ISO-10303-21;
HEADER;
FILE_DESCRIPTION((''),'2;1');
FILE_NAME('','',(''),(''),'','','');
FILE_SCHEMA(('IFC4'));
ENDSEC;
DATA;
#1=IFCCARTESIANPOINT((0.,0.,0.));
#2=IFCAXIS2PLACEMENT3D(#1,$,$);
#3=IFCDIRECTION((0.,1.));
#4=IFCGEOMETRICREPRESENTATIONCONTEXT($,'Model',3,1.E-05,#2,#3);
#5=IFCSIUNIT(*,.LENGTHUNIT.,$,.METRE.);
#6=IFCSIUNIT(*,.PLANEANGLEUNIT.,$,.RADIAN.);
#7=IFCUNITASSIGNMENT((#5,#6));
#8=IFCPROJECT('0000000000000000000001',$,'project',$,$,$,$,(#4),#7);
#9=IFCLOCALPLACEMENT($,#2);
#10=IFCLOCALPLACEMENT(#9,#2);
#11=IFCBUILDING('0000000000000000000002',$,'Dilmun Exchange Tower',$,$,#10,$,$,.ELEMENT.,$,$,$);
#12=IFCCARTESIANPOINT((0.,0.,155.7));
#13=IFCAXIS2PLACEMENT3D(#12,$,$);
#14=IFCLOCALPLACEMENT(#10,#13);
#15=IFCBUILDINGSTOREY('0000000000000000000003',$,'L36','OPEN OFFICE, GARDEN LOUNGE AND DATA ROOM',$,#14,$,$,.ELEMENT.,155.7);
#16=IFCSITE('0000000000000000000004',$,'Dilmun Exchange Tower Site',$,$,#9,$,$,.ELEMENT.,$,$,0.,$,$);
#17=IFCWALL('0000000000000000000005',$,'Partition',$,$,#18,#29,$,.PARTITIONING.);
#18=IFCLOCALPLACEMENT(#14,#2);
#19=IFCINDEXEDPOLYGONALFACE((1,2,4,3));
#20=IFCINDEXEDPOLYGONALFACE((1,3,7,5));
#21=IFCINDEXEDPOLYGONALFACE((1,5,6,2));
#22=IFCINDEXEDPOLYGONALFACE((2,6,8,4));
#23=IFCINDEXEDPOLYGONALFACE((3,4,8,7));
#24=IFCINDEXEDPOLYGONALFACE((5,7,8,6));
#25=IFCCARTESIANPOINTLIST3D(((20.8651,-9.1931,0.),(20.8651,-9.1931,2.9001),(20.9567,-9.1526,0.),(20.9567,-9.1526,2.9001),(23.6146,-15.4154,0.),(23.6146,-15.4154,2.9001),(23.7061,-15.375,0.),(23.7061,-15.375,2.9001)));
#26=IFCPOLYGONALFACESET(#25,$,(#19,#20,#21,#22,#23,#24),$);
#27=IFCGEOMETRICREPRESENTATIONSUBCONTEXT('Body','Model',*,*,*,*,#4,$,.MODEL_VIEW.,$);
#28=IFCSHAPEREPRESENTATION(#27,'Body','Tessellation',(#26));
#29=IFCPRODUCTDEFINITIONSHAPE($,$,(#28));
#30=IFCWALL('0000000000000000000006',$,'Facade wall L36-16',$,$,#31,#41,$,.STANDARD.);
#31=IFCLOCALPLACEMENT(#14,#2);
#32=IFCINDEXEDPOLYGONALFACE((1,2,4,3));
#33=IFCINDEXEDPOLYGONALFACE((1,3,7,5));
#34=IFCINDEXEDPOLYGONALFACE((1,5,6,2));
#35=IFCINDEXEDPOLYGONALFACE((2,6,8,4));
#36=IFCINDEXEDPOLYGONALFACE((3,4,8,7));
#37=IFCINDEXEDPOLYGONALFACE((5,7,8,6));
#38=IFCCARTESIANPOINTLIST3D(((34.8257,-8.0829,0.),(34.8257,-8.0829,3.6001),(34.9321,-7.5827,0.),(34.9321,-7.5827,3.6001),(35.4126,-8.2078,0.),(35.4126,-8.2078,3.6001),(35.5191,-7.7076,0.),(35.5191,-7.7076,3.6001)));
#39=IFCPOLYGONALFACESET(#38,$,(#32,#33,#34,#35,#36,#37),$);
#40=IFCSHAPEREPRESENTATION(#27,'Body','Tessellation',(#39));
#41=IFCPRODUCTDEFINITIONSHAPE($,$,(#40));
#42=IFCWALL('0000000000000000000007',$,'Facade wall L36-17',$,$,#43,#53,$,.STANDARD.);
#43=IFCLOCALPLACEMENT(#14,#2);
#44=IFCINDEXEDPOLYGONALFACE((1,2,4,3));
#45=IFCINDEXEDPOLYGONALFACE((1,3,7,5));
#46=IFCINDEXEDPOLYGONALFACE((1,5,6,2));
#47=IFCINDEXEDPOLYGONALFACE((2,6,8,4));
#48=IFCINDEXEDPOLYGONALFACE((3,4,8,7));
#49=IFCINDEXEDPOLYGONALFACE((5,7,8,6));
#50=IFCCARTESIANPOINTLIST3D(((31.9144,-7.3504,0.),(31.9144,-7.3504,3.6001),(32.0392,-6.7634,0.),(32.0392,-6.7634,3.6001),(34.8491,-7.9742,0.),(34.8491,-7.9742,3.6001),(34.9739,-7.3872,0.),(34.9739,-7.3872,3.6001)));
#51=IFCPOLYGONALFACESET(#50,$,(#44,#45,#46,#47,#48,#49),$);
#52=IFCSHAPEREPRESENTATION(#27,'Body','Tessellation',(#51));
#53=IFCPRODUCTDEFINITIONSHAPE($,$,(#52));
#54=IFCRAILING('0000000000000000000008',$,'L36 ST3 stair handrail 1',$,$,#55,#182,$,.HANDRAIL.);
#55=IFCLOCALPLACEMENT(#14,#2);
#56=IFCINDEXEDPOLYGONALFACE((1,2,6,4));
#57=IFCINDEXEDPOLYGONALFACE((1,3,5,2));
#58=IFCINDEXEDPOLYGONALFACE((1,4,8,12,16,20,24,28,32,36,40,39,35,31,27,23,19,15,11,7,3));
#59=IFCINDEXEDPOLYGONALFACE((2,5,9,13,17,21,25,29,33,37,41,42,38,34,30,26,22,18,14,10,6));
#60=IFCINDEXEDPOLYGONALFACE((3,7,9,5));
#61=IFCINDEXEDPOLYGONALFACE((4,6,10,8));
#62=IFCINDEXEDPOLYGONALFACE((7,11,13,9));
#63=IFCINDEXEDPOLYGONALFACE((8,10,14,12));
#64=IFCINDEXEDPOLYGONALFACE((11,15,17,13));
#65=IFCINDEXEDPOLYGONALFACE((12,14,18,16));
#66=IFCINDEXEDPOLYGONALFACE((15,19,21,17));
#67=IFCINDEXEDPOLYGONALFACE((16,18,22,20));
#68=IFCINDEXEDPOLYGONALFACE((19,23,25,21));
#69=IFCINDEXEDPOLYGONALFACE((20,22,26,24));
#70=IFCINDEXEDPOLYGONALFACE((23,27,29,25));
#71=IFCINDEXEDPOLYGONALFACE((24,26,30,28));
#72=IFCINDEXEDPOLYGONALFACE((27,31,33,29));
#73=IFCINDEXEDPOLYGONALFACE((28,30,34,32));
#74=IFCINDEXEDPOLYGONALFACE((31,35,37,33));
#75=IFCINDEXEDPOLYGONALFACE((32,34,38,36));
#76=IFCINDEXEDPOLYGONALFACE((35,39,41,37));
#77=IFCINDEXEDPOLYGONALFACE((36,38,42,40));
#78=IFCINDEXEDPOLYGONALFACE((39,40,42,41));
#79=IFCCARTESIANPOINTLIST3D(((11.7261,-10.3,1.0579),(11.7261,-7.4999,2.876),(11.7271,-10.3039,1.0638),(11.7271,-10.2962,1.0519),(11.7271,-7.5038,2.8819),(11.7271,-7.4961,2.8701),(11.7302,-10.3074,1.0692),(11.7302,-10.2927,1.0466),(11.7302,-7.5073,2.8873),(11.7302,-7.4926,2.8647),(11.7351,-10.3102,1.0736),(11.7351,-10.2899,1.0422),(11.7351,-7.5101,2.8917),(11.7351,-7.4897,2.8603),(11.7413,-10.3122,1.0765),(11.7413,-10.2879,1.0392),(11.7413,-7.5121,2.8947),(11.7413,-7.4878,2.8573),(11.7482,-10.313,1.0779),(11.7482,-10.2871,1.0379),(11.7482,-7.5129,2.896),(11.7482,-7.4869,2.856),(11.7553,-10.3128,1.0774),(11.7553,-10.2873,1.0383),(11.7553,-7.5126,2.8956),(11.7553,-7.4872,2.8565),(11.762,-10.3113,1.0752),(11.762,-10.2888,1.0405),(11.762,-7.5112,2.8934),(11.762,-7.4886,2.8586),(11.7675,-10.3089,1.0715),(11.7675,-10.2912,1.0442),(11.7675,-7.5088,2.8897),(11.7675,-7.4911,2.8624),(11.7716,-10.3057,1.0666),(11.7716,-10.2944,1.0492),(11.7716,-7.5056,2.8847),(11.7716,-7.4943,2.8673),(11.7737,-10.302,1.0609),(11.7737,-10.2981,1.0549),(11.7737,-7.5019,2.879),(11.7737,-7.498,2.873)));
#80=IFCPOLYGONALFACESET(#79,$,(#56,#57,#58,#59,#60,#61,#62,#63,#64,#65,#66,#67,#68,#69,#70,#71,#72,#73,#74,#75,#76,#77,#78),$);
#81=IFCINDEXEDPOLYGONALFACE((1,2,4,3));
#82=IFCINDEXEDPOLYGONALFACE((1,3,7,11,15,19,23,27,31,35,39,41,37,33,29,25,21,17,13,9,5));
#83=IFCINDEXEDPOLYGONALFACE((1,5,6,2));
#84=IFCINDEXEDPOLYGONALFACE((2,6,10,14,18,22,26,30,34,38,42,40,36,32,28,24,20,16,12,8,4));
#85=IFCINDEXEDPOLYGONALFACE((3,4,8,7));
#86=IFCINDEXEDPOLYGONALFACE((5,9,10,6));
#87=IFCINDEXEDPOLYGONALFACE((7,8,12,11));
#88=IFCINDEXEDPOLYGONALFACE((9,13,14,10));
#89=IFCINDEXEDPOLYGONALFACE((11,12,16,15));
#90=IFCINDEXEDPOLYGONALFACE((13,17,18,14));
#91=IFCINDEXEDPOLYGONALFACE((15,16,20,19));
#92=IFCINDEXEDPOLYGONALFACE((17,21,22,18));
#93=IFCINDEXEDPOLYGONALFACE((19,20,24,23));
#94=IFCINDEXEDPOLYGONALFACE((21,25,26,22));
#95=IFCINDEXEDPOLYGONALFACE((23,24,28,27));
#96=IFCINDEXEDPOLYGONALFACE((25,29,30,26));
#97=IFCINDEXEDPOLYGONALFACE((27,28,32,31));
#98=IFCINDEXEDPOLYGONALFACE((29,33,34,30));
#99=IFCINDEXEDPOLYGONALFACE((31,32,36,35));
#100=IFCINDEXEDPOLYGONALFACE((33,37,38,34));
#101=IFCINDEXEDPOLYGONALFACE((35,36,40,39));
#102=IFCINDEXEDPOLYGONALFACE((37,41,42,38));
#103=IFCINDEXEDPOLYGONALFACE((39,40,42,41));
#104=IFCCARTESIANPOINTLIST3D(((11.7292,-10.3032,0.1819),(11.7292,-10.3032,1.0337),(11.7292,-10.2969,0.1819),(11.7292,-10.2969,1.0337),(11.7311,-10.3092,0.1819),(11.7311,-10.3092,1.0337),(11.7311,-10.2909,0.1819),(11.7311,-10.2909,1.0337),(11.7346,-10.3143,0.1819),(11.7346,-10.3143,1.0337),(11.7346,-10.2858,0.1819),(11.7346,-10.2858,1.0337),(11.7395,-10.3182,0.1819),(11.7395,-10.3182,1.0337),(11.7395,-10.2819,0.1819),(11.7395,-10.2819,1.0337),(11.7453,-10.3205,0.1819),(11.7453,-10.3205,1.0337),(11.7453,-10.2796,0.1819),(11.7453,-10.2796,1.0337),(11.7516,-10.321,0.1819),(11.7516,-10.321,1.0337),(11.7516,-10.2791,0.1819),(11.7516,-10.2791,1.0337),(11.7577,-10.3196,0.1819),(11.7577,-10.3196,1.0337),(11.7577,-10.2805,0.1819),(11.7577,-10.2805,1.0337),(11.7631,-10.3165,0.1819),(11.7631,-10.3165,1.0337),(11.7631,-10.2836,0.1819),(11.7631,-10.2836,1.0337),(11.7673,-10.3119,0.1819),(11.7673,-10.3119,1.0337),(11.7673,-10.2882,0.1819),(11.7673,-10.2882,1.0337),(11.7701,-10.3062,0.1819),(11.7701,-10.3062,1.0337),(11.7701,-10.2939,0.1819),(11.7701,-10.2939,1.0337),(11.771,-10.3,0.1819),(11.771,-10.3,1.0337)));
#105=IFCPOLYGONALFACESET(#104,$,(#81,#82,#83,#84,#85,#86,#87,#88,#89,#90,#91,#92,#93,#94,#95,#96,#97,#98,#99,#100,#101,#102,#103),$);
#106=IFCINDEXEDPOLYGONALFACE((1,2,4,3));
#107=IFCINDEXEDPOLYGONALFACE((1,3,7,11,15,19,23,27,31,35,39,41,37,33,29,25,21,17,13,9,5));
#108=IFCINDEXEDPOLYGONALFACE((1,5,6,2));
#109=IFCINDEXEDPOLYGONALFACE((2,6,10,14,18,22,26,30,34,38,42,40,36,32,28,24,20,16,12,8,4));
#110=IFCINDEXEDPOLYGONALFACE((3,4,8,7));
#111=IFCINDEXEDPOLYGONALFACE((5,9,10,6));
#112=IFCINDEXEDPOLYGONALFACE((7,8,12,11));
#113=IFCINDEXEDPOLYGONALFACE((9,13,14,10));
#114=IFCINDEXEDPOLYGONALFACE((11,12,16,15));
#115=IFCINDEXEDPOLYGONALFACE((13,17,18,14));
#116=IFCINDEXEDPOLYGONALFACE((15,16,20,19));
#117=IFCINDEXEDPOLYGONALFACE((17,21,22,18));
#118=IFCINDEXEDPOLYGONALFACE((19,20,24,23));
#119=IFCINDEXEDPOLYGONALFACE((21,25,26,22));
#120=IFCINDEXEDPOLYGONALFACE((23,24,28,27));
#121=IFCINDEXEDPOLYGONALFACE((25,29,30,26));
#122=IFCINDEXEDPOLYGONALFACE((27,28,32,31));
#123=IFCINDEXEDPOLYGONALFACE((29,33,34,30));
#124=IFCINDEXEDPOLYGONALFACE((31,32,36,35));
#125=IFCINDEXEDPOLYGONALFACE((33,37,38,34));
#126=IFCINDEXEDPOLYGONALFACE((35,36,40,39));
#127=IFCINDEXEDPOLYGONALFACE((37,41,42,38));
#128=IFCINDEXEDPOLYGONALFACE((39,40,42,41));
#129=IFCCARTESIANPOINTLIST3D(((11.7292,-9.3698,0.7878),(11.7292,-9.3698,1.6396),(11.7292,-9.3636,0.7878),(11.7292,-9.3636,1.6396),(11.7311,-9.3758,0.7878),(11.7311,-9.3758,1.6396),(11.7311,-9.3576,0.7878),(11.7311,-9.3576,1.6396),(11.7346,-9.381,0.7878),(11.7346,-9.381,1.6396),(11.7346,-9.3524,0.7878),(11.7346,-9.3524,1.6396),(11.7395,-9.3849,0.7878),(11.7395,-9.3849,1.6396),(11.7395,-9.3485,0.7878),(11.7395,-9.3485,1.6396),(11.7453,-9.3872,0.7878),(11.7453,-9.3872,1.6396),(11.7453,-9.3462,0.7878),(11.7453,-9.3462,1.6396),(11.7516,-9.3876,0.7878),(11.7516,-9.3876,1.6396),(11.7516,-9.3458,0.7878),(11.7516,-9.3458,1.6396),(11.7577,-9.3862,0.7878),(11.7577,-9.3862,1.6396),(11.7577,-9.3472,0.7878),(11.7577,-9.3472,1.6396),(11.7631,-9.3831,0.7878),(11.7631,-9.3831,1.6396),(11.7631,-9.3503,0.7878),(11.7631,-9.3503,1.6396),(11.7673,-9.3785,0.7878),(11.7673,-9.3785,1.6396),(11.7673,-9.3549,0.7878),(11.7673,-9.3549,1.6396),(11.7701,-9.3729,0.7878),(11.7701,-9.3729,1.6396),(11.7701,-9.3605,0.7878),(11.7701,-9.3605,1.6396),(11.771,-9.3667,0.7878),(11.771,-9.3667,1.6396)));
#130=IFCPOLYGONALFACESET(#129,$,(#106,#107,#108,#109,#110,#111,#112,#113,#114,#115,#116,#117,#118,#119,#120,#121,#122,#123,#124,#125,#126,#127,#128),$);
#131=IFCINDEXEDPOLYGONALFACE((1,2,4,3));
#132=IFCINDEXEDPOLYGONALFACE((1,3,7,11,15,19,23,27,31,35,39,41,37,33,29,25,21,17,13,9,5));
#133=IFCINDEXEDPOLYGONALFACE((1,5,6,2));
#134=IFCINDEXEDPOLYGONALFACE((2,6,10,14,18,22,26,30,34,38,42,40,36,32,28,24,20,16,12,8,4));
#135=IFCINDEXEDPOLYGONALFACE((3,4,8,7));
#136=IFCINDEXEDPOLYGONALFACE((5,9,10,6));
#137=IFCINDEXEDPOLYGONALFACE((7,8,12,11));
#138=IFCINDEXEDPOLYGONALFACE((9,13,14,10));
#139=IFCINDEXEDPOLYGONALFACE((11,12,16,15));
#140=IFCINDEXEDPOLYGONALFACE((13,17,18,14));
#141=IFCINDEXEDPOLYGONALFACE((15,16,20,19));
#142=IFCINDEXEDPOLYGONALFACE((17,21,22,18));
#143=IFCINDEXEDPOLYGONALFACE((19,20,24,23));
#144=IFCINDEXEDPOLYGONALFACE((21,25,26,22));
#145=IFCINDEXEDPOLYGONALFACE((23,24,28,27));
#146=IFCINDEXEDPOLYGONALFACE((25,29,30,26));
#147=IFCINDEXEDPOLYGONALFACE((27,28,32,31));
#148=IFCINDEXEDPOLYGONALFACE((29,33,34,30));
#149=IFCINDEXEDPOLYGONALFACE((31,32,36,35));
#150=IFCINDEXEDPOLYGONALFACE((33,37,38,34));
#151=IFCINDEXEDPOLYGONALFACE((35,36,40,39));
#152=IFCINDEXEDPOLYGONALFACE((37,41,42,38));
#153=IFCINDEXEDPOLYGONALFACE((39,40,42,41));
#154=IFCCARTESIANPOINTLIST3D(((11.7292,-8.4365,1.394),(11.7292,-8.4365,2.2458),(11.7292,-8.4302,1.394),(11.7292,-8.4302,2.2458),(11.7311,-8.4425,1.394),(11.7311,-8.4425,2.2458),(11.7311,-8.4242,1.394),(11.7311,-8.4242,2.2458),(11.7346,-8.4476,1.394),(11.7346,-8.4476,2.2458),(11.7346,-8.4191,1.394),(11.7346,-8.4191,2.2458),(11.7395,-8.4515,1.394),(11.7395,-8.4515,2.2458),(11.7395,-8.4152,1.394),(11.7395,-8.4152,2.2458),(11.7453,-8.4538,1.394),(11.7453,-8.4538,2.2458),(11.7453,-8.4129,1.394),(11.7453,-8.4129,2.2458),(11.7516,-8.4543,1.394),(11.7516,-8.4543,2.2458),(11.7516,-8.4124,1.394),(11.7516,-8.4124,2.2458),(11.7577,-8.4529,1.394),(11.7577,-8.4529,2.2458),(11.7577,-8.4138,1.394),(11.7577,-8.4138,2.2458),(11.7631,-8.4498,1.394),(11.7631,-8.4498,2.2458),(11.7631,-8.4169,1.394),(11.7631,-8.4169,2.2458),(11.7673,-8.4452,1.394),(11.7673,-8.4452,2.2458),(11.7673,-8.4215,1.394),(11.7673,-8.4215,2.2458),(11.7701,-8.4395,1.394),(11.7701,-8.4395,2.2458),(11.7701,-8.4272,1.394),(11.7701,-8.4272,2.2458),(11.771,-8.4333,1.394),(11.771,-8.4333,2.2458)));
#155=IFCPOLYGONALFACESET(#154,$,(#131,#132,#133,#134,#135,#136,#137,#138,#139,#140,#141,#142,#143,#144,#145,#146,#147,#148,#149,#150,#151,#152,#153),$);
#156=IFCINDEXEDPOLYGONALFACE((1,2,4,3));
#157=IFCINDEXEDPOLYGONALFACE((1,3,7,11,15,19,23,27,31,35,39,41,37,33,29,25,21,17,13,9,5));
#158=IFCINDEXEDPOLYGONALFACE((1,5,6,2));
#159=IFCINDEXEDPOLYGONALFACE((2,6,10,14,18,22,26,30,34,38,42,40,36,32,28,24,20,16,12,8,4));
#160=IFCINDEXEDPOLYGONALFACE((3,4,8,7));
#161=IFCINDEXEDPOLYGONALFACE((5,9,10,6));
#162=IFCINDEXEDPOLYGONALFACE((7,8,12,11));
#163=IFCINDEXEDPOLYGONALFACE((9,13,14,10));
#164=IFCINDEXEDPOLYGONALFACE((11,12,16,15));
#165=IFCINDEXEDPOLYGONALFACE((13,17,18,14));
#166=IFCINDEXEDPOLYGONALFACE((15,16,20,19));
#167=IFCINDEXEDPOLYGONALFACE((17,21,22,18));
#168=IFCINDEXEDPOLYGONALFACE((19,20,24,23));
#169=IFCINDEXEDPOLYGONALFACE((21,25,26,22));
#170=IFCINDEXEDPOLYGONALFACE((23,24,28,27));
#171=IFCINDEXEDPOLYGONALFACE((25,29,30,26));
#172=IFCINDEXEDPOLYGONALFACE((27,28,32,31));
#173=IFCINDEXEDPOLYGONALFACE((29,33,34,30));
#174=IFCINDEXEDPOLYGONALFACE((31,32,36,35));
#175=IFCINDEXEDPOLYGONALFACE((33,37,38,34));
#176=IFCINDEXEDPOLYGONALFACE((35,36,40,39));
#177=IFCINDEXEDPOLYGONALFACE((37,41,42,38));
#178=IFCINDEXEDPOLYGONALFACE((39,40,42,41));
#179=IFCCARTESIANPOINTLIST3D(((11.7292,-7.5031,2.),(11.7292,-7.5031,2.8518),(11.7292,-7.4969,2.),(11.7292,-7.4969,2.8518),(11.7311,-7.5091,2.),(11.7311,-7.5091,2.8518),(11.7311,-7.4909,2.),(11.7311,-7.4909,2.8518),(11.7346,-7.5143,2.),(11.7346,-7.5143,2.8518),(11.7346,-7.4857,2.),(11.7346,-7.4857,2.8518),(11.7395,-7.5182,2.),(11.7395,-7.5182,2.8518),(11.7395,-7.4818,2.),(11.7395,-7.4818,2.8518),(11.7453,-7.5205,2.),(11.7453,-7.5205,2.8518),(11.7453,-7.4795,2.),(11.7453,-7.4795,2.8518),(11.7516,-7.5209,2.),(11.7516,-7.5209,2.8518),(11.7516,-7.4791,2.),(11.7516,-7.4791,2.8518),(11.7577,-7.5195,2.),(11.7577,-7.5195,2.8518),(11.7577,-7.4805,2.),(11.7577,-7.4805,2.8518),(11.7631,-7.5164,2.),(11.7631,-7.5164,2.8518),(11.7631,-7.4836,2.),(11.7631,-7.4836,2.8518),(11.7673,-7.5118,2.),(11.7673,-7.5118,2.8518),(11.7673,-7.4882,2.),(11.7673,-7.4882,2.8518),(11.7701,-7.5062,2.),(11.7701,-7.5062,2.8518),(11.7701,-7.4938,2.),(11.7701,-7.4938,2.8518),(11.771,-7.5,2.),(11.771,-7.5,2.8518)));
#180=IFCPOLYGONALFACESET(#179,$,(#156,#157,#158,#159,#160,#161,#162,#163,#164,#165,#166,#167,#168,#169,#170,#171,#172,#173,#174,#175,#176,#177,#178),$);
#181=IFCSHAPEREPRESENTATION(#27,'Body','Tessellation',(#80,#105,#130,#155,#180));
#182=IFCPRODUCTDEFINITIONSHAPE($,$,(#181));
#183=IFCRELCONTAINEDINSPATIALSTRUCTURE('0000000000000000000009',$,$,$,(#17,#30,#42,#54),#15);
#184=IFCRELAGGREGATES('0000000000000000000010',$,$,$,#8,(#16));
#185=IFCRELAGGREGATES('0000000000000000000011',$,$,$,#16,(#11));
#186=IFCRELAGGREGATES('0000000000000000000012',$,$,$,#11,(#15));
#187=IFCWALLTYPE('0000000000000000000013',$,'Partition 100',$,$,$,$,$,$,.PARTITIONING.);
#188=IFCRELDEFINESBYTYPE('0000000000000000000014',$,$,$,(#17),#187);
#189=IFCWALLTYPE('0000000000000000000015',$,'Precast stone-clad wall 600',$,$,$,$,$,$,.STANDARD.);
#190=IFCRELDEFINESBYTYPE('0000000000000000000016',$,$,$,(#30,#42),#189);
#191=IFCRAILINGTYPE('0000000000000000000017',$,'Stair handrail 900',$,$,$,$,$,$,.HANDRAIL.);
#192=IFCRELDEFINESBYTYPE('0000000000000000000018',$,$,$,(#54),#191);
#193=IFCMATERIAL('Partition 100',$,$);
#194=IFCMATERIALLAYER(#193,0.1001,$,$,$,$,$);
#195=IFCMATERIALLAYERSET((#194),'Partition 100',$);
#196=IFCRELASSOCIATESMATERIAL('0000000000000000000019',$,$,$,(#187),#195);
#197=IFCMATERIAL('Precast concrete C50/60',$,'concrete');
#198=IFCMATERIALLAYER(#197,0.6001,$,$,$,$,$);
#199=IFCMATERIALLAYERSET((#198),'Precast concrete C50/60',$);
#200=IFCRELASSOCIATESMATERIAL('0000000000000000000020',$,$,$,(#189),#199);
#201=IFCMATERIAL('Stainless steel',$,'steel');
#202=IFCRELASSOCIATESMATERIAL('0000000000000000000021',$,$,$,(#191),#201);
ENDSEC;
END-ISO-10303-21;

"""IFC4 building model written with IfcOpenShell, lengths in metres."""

from ifc_helpers import new_model, si_unit, direction, frame, frame_2d, origin, origin_2d, place, context, subcontext, project, spatial, rectangle, circle, extrude, material, layer, layer_set, type_object, element, save


model = new_model("IFC4")

# Units and contexts
model_context = context("Model", 3, precision=1e-05, world=origin(), true_north=direction((0.0, 1.0)))
body_context = subcontext(model_context, "Body", "Model", "MODEL_VIEW")
ifc_project = project(units=[si_unit("LENGTHUNIT", "METRE"), si_unit("PLANEANGLEUNIT", "RADIAN")], contexts=[model_context])

# Site, building, storey
site_placement = place(None, origin())
site = spatial("IfcSite", under=ifc_project, at=site_placement, Name="Dilmun Exchange Tower Site", CompositionType="ELEMENT", RefElevation=0.0)
building_placement = place(site_placement, origin())
building = spatial("IfcBuilding", under=site, at=building_placement, Name="Dilmun Exchange Tower", CompositionType="ELEMENT")
storey_placement = place(building_placement, frame((0.0, 0.0, 155.7)))
storey = spatial("IfcBuildingStorey", under=building, at=storey_placement, Name="L36", Description="OPEN OFFICE, GARDEN LOUNGE AND DATA ROOM", CompositionType="ELEMENT", Elevation=155.7)

# Walls
ifc_material_1 = material(Name="Partition 100")
ifc_layer_1 = layer(ifc_material_1, 0.1001)
ifc_layer_set_1 = layer_set([ifc_layer_1], Name="Partition 100")
wall_type_1 = type_object("IfcWallType", Name="Partition 100", PredefinedType="PARTITIONING", material=ifc_layer_set_1)
wall_1_placement = place(storey_placement, frame((20.9109, -9.1729, 0.0), z_axis=(0.0, 0.0, 1.0), x_axis=(0.404173, -0.914683, 0.0)))
element("IfcWall", 1, at=wall_1_placement, inside=storey, type_object=wall_type_1, Name="Partition", PredefinedType="PARTITIONING", context=body_context, shape_type="SweptSolid", body=[
    extrude(rectangle(XDim=6.8027, YDim=0.1001, at=frame_2d((3.4014, 0.0))), origin(), (0.0, 0.0, 1.0), 2.9001),
])
ifc_material_2 = material(Name="Precast concrete C50/60", Category="concrete")
ifc_layer_2 = layer(ifc_material_2, 0.6001)
ifc_layer_set_2 = layer_set([ifc_layer_2], Name="Precast concrete C50/60")
wall_type_2 = type_object("IfcWallType", Name="Precast stone-clad wall 600", PredefinedType="STANDARD", material=ifc_layer_set_2)
wall_2_placement = place(storey_placement, frame((35.1191, -8.1455, 0.0), z_axis=(0.0, 0.0, 1.0), x_axis=(0.208127, 0.978102, 0.0)))
element("IfcWall", 2, at=wall_2_placement, inside=storey, type_object=wall_type_2, Name="Facade wall L36-16", PredefinedType="STANDARD", context=body_context, shape_type="SweptSolid", body=[
    extrude(rectangle(XDim=0.5115, YDim=0.6001, at=frame_2d((0.2559, 0.0))), origin(), (0.0, 0.0, 1.0), 3.6001),
])
wall_3_placement = place(storey_placement, frame((34.9114, -7.6807, 0.0), z_axis=(0.0, 0.0, 1.0), x_axis=(-0.978146, 0.207917, 0.0)))
element("IfcWall", 3, at=wall_3_placement, inside=storey, type_object=wall_type_2, Name="Facade wall L36-17", PredefinedType="STANDARD", context=body_context, shape_type="SweptSolid", body=[
    extrude(rectangle(XDim=3.0002, YDim=0.6001, at=frame_2d((1.5, 0.0))), origin(), (0.0, 0.0, 1.0), 3.6001),
])

# Railing
ifc_material_3 = material(Name="Stainless steel", Category="steel")
railing_type = type_object("IfcRailingType", Name="Stair handrail 900", PredefinedType="HANDRAIL", material=ifc_material_3)
railing_placement = place(storey_placement, frame((11.75, -10.3, 0.1819)))
element("IfcRailing", 4, at=railing_placement, inside=storey, type_object=railing_type, Name="L36 ST3 stair handrail 1", PredefinedType="HANDRAIL", context=body_context, shape_type="SweptSolid", body=[
    extrude(circle(Radius=0.0239, at=origin_2d()), frame((0.0, 0.0, 0.876), z_axis=(0.0, 0.838706, 0.544585), x_axis=(-1.0, 0.0, 0.0)), (0.0, 0.0, 1.0), 3.3386),
    extrude(circle(Radius=0.021, at=origin_2d()), origin(), (0.0, 0.0, 1.0), 0.8518),
    extrude(circle(Radius=0.021, at=origin_2d()), frame((0.0, 0.9333, 0.606)), (0.0, 0.0, 1.0), 0.8518),
    extrude(circle(Radius=0.021, at=origin_2d()), frame((0.0, 1.8667, 1.2122)), (0.0, 0.0, 1.0), 0.8518),
    extrude(circle(Radius=0.021, at=origin_2d()), frame((0.0, 2.8, 1.8181)), (0.0, 0.0, 1.0), 0.8518),
])

save(model, "model.ifc")
